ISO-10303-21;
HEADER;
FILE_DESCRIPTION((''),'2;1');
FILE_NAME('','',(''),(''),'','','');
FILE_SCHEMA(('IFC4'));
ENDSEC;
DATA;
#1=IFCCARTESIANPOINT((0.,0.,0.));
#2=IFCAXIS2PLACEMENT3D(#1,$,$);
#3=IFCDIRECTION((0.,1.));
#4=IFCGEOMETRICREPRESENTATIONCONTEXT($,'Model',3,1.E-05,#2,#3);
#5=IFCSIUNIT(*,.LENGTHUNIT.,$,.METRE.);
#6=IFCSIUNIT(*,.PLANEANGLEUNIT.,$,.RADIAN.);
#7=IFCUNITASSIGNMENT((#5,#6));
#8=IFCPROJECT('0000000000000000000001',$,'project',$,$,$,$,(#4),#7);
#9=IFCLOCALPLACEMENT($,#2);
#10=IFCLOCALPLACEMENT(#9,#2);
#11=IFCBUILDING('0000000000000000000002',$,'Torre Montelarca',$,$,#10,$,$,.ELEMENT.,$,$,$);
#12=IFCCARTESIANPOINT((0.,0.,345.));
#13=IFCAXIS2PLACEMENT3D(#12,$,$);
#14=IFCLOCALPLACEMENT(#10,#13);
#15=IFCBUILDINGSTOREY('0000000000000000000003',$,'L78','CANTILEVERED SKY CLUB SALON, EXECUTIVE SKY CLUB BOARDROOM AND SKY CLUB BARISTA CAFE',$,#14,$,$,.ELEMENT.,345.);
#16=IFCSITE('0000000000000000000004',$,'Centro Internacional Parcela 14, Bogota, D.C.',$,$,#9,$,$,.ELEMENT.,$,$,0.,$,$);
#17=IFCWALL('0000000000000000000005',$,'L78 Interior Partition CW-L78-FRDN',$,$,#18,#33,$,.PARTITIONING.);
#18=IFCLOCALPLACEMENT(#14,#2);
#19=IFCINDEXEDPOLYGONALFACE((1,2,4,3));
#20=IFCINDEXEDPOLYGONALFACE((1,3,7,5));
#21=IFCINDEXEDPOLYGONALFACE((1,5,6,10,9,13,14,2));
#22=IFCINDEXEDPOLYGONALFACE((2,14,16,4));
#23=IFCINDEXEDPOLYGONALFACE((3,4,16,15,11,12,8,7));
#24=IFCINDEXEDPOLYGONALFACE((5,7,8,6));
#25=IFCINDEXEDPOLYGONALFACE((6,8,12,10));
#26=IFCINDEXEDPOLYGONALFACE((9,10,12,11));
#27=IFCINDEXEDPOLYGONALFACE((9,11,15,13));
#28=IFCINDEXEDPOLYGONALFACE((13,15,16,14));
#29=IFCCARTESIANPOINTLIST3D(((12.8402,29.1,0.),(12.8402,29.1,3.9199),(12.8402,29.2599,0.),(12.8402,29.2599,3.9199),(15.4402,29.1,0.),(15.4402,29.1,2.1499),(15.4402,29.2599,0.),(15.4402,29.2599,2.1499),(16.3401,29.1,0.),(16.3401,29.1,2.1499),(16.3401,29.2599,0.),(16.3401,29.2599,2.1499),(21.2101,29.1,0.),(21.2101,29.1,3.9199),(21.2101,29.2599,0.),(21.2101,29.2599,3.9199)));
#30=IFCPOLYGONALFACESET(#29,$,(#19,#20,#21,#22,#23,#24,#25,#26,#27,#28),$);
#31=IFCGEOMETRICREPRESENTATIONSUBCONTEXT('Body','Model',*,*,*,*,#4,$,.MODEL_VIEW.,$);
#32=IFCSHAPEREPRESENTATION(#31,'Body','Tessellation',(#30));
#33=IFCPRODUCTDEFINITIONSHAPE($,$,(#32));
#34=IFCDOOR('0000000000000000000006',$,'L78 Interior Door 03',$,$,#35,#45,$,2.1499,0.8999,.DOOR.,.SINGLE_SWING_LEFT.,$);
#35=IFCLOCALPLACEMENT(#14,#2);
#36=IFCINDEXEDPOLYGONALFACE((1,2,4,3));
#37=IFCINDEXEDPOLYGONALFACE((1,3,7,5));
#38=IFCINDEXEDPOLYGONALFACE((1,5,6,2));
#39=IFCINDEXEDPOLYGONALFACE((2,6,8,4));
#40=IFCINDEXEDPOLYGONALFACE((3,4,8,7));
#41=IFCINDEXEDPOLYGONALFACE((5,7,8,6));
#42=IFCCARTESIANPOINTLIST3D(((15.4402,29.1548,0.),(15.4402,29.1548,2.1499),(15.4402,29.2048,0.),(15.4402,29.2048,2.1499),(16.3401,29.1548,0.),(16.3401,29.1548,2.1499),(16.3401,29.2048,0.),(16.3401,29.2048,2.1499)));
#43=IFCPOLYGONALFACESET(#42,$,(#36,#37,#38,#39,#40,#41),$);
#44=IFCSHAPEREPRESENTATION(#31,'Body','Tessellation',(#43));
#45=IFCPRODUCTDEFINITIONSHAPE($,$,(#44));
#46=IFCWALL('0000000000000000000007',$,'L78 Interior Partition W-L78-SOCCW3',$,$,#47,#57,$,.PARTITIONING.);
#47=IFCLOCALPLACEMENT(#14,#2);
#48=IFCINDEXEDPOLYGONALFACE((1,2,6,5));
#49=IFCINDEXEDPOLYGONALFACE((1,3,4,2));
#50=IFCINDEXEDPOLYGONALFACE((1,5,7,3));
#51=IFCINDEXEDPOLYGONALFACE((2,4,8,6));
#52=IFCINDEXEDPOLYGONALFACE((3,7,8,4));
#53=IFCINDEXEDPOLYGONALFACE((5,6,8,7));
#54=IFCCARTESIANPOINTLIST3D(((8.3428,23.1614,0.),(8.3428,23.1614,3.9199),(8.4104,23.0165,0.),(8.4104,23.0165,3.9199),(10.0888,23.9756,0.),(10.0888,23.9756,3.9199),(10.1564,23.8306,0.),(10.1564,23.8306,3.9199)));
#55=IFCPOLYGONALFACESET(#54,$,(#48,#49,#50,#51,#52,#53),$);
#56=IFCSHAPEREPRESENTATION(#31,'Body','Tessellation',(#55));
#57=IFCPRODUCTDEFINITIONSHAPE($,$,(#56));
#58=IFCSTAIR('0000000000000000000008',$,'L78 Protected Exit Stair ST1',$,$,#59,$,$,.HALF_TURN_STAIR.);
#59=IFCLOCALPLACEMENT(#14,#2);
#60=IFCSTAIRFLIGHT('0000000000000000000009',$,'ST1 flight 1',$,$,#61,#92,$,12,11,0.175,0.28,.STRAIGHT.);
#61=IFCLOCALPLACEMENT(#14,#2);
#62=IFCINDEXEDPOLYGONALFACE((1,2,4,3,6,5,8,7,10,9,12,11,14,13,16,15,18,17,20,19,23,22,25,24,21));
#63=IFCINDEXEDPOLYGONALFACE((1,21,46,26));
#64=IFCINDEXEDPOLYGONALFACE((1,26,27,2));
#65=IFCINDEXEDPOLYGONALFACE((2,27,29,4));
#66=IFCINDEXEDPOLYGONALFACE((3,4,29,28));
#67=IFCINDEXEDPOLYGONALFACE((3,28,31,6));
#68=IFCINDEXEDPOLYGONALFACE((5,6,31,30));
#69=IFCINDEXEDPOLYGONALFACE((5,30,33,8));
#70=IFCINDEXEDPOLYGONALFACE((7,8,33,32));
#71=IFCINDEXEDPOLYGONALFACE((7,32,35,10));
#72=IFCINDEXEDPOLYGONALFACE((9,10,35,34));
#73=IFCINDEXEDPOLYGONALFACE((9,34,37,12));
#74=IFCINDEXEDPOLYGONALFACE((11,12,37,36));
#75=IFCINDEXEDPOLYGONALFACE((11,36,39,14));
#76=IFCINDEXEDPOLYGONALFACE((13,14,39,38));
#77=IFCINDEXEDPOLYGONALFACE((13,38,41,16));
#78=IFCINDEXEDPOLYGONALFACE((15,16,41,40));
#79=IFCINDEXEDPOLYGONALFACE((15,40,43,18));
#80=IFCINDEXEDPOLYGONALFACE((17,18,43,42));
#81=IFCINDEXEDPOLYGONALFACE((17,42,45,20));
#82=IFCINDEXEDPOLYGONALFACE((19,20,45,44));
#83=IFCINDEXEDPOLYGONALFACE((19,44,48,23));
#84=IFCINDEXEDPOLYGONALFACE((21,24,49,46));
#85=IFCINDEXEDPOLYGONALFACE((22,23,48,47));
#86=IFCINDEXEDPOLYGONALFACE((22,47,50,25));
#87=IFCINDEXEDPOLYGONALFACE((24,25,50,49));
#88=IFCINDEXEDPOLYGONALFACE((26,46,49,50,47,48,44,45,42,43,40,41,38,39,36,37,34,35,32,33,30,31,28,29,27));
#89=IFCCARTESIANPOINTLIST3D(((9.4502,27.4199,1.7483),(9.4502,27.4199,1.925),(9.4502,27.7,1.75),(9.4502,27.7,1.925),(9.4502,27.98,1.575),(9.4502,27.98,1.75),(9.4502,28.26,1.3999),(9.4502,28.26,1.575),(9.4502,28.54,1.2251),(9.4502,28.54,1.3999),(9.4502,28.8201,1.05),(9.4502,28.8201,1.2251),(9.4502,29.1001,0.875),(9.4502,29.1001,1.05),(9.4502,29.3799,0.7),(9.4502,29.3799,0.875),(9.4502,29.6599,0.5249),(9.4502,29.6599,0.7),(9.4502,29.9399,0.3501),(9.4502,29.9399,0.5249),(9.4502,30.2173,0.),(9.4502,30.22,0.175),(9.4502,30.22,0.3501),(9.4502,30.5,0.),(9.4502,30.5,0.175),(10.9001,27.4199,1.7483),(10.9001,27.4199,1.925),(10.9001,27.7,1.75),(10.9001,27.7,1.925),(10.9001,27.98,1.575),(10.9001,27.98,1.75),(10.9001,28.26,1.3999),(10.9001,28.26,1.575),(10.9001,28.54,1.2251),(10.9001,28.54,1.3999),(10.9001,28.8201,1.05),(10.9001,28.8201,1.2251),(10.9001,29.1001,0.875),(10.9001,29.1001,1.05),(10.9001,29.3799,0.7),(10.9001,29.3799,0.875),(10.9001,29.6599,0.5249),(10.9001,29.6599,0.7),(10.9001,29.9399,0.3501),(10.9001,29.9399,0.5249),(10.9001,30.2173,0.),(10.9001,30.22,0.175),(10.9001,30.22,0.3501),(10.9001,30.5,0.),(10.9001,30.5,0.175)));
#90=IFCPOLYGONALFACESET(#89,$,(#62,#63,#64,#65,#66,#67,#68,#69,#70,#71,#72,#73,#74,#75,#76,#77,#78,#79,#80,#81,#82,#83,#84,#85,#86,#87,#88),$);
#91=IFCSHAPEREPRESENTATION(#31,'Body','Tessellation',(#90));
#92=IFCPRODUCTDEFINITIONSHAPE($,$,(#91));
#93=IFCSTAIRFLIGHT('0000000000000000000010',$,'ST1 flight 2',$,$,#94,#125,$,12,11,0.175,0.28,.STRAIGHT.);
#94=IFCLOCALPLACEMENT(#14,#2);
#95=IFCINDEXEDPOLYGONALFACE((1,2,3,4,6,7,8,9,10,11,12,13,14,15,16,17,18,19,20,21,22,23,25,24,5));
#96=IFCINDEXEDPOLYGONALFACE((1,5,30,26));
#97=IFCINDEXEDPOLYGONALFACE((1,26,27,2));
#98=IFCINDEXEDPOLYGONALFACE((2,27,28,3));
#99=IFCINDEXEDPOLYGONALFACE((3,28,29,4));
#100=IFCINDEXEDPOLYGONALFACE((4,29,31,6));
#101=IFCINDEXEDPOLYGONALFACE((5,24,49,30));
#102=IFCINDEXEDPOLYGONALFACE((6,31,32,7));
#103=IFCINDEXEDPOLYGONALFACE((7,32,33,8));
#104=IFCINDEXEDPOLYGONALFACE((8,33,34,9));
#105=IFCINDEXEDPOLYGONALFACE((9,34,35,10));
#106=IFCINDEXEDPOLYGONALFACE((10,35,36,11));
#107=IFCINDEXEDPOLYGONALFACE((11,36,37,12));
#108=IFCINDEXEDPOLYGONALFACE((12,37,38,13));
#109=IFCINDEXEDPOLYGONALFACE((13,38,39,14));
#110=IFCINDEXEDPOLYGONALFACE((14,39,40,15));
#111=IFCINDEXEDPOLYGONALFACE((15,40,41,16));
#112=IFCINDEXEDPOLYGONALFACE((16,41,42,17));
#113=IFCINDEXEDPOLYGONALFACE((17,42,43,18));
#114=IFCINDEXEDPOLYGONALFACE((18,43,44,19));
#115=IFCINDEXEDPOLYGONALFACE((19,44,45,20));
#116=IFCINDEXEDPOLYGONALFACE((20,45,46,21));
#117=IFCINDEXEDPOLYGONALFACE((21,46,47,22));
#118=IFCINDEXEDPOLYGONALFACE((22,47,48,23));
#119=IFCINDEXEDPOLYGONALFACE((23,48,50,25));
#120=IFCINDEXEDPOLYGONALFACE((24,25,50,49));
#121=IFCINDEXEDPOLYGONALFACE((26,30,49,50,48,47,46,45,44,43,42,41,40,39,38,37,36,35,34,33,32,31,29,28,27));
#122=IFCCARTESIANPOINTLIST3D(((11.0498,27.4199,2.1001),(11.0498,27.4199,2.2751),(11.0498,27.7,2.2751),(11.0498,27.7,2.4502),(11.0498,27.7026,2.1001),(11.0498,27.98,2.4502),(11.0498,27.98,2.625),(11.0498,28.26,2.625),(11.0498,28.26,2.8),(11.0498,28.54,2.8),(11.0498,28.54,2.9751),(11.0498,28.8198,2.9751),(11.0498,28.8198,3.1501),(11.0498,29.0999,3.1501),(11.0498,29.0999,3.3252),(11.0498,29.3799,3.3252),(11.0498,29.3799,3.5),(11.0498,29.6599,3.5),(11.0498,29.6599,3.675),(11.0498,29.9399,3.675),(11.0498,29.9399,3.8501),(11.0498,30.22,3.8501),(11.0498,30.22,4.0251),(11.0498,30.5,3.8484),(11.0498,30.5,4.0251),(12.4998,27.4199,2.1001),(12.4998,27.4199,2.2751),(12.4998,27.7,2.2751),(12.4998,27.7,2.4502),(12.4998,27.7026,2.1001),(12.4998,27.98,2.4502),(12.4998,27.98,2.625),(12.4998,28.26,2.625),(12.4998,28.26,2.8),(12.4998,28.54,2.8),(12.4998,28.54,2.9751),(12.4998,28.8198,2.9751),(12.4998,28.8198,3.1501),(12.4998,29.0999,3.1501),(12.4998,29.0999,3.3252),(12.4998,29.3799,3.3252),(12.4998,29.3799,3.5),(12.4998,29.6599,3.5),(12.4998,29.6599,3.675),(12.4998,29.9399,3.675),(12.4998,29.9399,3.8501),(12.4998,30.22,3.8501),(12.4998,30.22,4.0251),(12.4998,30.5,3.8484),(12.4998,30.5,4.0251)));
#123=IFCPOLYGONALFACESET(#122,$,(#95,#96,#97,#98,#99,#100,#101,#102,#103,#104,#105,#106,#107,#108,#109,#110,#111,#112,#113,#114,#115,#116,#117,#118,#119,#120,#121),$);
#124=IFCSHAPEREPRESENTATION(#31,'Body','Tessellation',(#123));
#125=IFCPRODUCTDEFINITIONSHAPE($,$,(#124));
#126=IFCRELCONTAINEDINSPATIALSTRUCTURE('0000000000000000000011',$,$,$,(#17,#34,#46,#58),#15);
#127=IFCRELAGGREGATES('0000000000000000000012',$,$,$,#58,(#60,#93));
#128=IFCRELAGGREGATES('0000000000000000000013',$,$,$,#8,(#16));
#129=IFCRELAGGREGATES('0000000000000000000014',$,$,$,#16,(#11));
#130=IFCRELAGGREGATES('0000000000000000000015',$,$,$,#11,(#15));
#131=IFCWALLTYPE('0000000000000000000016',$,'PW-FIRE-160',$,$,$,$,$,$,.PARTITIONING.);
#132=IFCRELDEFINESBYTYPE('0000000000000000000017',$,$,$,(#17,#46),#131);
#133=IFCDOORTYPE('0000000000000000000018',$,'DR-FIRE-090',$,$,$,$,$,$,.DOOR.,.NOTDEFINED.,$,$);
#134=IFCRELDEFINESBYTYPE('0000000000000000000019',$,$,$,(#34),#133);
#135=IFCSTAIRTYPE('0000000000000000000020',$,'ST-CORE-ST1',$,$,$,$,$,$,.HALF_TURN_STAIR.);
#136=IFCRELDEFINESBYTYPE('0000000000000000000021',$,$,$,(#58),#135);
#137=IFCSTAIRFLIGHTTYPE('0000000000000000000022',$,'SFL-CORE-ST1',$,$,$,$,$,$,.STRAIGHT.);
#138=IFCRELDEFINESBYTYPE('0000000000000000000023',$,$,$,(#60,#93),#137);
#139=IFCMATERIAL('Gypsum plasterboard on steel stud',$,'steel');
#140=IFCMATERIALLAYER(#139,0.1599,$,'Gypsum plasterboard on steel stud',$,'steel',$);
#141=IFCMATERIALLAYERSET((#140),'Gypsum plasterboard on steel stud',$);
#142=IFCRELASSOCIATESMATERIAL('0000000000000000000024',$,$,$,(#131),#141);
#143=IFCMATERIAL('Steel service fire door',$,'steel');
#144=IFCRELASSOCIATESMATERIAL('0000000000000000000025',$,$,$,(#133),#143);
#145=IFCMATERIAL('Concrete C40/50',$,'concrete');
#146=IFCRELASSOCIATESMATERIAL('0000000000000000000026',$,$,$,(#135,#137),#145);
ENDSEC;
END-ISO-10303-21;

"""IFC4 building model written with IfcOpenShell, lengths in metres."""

from ifc_helpers import new_model, si_unit, direction, frame, frame_2d, origin, place, context, subcontext, project, spatial, polyline, rectangle, outline, extrude, source, transform, mapped, material, layer, layer_set, type_object, element, fill, aggregate, save


model = new_model("IFC4")

# Units and contexts
model_context = context("Model", 3, precision=1e-05, world=origin(), true_north=direction((0.0, 1.0)))
body_context = subcontext(model_context, "Body", "Model", "MODEL_VIEW")
ifc_project = project(units=[si_unit("LENGTHUNIT", "METRE"), si_unit("PLANEANGLEUNIT", "RADIAN")], contexts=[model_context])

# Site, building, storey
site_placement = place(None, origin())
site = spatial("IfcSite", under=ifc_project, at=site_placement, Name="Centro Internacional Parcela 14, Bogota, D.C.", CompositionType="ELEMENT", RefElevation=0.0)
building_placement = place(site_placement, origin())
building = spatial("IfcBuilding", under=site, at=building_placement, Name="Torre Montelarca", CompositionType="ELEMENT")
storey_placement = place(building_placement, frame((0.0, 0.0, 345.0)))
storey = spatial("IfcBuildingStorey", under=building, at=storey_placement, Name="L78", Description="CANTILEVERED SKY CLUB SALON, EXECUTIVE SKY CLUB BOARDROOM AND SKY CLUB BARISTA CAFE", CompositionType="ELEMENT", Elevation=345.0)

# Shared definitions
ifc_material_1 = material(Name="Concrete C40/50", Category="concrete")

# Wall, opening, door
ifc_material_2 = material(Name="Gypsum plasterboard on steel stud", Category="steel")
ifc_layer_1 = layer(ifc_material_2, 0.1599, Name="Gypsum plasterboard on steel stud", Category="steel")
ifc_layer_set_1 = layer_set([ifc_layer_1], Name="Gypsum plasterboard on steel stud")
wall_type_1 = type_object("IfcWallType", Name="PW-FIRE-160", PredefinedType="PARTITIONING", material=ifc_layer_set_1)
wall_1_placement = place(storey_placement, frame((12.8401, 29.1799, 0.0), z_axis=(0.0, 0.0, 1.0), x_axis=(1.0, 0.0, 0.0)))
wall_1 = element("IfcWall", 1, at=wall_1_placement, inside=storey, type_object=wall_type_1, Name="L78 Interior Partition CW-L78-FRDN", PredefinedType="PARTITIONING", context=body_context, shape_type="SweptSolid", body=[
    extrude(rectangle(XDim=8.3699, YDim=0.1599, at=frame_2d((4.1851, 0.0))), origin(), (0.0, 0.0, 1.0), 3.9199),
])
opening_1_placement = place(wall_1_placement, frame((2.6001, 0.0, 0.0)))
opening_1 = element("IfcOpeningElement", 2, at=opening_1_placement, cuts=wall_1, PredefinedType="OPENING", context=body_context, shape_type="SweptSolid", body=[
    extrude(rectangle(XDim=0.8999, YDim=2.1499, at=frame_2d((0.45, 1.075))), frame((0.0, 0.0898, 0.0), z_axis=(0.0, -1.0, 0.0), x_axis=(1.0, 0.0, 0.0)), (0.0, 0.0, 1.0), 0.1799),
])
ifc_material_3 = material(Name="Steel service fire door", Category="steel")
door_type_1 = type_object("IfcDoorType", Name="DR-FIRE-090", OperationType="NOTDEFINED", PredefinedType="DOOR", material=ifc_material_3)
shared_shape_1 = source(origin(), body_context, "Body", "SweptSolid", [
    extrude(rectangle(XDim=0.8999, YDim=2.1499, at=frame_2d((0.45, 1.075))), frame((0.0, 0.0249, 0.0), z_axis=(0.0, -1.0, 0.0), x_axis=(1.0, 0.0, 0.0)), (0.0, 0.0, 1.0), 0.05),
])
door_1_placement = place(opening_1_placement, origin())
door_1 = element("IfcDoor", 3, at=door_1_placement, inside=storey, type_object=door_type_1, Name="L78 Interior Door 03", OperationType="SINGLE_SWING_LEFT", OverallHeight=2.1499, OverallWidth=0.8999, PredefinedType="DOOR", context=body_context, shape_type="MappedRepresentation", body=[
    mapped(shared_shape_1, transform((0.0, 0.0, 0.0), scale=1.0)),
])
fill(opening_1, door_1)

# Wall
wall_2_placement = place(storey_placement, frame((8.3765, 23.0889, 0.0), z_axis=(0.0, 0.0, 1.0), x_axis=(0.906309, 0.422615, 0.0)))
element("IfcWall", 4, at=wall_2_placement, inside=storey, type_object=wall_type_1, Name="L78 Interior Partition W-L78-SOCCW3", PredefinedType="PARTITIONING", context=body_context, shape_type="SweptSolid", body=[
    extrude(rectangle(XDim=1.9265, YDim=0.1599, at=frame_2d((0.9634, 0.0))), origin(), (0.0, 0.0, 1.0), 3.9199),
])

# Stair, stair flights
stair_type = type_object("IfcStairType", Name="ST-CORE-ST1", PredefinedType="HALF_TURN_STAIR", material=ifc_material_1)
stair_placement = place(storey_placement, origin())
stair = element("IfcStair", 5, at=stair_placement, inside=storey, type_object=stair_type, Name="L78 Protected Exit Stair ST1", PredefinedType="HALF_TURN_STAIR")
stair_flight_type = type_object("IfcStairFlightType", Name="SFL-CORE-ST1", PredefinedType="STRAIGHT", material=ifc_material_1)
stair_flight_1_placement = place(storey_placement, frame((10.175, 30.5, 0.0), z_axis=(0.0, 0.0, 1.0), x_axis=(0.0, -1.0, 0.0)))
stair_flight_1 = element("IfcStairFlight", 6, at=stair_flight_1_placement, type_object=stair_flight_type, Name="ST1 flight 1", NumberOfRisers=12, NumberOfTreads=11, PredefinedType="STRAIGHT", RiserHeight=0.175, TreadLength=0.28, context=body_context, shape_type="SweptSolid", body=[
    extrude(outline(polyline([(0.0, 0.0), (0.0, 0.175), (0.28, 0.175), (0.28, 0.3501), (0.5601, 0.3501), (0.5601, 0.5249), (0.8401, 0.5249), (0.8401, 0.7), (1.1201, 0.7), (1.1201, 0.875), (1.3999, 0.875), (1.3999, 1.05), (1.6799, 1.05), (1.6799, 1.2251), (1.96, 1.2251), (1.96, 1.3999), (2.24, 1.3999), (2.24, 1.575), (2.52, 1.575), (2.52, 1.75), (2.8, 1.75), (2.8, 1.925), (3.0801, 1.925), (3.0801, 2.1001), (3.0801, 1.7483), (0.2827, 0.0), (0.0, 0.0)])), frame((0.0, 0.7251, 0.0), z_axis=(0.0, -1.0, 0.0), x_axis=(1.0, 0.0, 0.0)), (0.0, 0.0, 1.0), 1.45),
])
stair_flight_2_placement = place(storey_placement, frame((11.7749, 27.4199, 2.1001), z_axis=(0.0, 0.0, 1.0), x_axis=(0.0, 1.0, 0.0)))
stair_flight_2 = element("IfcStairFlight", 7, at=stair_flight_2_placement, type_object=stair_flight_type, Name="ST1 flight 2", NumberOfRisers=12, NumberOfTreads=11, PredefinedType="STRAIGHT", RiserHeight=0.175, TreadLength=0.28, context=body_context, shape_type="SweptSolid", body=[
    extrude(outline(polyline([(0.0, 0.0), (0.0, 0.175), (0.28, 0.175), (0.28, 0.3501), (0.5601, 0.3501), (0.5601, 0.5249), (0.8401, 0.5249), (0.8401, 0.7), (1.1201, 0.7), (1.1201, 0.875), (1.3999, 0.875), (1.3999, 1.05), (1.6799, 1.05), (1.6799, 1.2251), (1.96, 1.2251), (1.96, 1.3999), (2.24, 1.3999), (2.24, 1.575), (2.52, 1.575), (2.52, 1.75), (2.8, 1.75), (2.8, 1.925), (3.0801, 1.925), (3.0801, 2.1001), (3.0801, 1.7483), (0.2827, 0.0), (0.0, 0.0)])), frame((0.0, 0.7251, 0.0), z_axis=(0.0, -1.0, 0.0), x_axis=(1.0, 0.0, 0.0)), (0.0, 0.0, 1.0), 1.45),
])
aggregate(stair, [stair_flight_1, stair_flight_2])

save(model, "model.ifc")
